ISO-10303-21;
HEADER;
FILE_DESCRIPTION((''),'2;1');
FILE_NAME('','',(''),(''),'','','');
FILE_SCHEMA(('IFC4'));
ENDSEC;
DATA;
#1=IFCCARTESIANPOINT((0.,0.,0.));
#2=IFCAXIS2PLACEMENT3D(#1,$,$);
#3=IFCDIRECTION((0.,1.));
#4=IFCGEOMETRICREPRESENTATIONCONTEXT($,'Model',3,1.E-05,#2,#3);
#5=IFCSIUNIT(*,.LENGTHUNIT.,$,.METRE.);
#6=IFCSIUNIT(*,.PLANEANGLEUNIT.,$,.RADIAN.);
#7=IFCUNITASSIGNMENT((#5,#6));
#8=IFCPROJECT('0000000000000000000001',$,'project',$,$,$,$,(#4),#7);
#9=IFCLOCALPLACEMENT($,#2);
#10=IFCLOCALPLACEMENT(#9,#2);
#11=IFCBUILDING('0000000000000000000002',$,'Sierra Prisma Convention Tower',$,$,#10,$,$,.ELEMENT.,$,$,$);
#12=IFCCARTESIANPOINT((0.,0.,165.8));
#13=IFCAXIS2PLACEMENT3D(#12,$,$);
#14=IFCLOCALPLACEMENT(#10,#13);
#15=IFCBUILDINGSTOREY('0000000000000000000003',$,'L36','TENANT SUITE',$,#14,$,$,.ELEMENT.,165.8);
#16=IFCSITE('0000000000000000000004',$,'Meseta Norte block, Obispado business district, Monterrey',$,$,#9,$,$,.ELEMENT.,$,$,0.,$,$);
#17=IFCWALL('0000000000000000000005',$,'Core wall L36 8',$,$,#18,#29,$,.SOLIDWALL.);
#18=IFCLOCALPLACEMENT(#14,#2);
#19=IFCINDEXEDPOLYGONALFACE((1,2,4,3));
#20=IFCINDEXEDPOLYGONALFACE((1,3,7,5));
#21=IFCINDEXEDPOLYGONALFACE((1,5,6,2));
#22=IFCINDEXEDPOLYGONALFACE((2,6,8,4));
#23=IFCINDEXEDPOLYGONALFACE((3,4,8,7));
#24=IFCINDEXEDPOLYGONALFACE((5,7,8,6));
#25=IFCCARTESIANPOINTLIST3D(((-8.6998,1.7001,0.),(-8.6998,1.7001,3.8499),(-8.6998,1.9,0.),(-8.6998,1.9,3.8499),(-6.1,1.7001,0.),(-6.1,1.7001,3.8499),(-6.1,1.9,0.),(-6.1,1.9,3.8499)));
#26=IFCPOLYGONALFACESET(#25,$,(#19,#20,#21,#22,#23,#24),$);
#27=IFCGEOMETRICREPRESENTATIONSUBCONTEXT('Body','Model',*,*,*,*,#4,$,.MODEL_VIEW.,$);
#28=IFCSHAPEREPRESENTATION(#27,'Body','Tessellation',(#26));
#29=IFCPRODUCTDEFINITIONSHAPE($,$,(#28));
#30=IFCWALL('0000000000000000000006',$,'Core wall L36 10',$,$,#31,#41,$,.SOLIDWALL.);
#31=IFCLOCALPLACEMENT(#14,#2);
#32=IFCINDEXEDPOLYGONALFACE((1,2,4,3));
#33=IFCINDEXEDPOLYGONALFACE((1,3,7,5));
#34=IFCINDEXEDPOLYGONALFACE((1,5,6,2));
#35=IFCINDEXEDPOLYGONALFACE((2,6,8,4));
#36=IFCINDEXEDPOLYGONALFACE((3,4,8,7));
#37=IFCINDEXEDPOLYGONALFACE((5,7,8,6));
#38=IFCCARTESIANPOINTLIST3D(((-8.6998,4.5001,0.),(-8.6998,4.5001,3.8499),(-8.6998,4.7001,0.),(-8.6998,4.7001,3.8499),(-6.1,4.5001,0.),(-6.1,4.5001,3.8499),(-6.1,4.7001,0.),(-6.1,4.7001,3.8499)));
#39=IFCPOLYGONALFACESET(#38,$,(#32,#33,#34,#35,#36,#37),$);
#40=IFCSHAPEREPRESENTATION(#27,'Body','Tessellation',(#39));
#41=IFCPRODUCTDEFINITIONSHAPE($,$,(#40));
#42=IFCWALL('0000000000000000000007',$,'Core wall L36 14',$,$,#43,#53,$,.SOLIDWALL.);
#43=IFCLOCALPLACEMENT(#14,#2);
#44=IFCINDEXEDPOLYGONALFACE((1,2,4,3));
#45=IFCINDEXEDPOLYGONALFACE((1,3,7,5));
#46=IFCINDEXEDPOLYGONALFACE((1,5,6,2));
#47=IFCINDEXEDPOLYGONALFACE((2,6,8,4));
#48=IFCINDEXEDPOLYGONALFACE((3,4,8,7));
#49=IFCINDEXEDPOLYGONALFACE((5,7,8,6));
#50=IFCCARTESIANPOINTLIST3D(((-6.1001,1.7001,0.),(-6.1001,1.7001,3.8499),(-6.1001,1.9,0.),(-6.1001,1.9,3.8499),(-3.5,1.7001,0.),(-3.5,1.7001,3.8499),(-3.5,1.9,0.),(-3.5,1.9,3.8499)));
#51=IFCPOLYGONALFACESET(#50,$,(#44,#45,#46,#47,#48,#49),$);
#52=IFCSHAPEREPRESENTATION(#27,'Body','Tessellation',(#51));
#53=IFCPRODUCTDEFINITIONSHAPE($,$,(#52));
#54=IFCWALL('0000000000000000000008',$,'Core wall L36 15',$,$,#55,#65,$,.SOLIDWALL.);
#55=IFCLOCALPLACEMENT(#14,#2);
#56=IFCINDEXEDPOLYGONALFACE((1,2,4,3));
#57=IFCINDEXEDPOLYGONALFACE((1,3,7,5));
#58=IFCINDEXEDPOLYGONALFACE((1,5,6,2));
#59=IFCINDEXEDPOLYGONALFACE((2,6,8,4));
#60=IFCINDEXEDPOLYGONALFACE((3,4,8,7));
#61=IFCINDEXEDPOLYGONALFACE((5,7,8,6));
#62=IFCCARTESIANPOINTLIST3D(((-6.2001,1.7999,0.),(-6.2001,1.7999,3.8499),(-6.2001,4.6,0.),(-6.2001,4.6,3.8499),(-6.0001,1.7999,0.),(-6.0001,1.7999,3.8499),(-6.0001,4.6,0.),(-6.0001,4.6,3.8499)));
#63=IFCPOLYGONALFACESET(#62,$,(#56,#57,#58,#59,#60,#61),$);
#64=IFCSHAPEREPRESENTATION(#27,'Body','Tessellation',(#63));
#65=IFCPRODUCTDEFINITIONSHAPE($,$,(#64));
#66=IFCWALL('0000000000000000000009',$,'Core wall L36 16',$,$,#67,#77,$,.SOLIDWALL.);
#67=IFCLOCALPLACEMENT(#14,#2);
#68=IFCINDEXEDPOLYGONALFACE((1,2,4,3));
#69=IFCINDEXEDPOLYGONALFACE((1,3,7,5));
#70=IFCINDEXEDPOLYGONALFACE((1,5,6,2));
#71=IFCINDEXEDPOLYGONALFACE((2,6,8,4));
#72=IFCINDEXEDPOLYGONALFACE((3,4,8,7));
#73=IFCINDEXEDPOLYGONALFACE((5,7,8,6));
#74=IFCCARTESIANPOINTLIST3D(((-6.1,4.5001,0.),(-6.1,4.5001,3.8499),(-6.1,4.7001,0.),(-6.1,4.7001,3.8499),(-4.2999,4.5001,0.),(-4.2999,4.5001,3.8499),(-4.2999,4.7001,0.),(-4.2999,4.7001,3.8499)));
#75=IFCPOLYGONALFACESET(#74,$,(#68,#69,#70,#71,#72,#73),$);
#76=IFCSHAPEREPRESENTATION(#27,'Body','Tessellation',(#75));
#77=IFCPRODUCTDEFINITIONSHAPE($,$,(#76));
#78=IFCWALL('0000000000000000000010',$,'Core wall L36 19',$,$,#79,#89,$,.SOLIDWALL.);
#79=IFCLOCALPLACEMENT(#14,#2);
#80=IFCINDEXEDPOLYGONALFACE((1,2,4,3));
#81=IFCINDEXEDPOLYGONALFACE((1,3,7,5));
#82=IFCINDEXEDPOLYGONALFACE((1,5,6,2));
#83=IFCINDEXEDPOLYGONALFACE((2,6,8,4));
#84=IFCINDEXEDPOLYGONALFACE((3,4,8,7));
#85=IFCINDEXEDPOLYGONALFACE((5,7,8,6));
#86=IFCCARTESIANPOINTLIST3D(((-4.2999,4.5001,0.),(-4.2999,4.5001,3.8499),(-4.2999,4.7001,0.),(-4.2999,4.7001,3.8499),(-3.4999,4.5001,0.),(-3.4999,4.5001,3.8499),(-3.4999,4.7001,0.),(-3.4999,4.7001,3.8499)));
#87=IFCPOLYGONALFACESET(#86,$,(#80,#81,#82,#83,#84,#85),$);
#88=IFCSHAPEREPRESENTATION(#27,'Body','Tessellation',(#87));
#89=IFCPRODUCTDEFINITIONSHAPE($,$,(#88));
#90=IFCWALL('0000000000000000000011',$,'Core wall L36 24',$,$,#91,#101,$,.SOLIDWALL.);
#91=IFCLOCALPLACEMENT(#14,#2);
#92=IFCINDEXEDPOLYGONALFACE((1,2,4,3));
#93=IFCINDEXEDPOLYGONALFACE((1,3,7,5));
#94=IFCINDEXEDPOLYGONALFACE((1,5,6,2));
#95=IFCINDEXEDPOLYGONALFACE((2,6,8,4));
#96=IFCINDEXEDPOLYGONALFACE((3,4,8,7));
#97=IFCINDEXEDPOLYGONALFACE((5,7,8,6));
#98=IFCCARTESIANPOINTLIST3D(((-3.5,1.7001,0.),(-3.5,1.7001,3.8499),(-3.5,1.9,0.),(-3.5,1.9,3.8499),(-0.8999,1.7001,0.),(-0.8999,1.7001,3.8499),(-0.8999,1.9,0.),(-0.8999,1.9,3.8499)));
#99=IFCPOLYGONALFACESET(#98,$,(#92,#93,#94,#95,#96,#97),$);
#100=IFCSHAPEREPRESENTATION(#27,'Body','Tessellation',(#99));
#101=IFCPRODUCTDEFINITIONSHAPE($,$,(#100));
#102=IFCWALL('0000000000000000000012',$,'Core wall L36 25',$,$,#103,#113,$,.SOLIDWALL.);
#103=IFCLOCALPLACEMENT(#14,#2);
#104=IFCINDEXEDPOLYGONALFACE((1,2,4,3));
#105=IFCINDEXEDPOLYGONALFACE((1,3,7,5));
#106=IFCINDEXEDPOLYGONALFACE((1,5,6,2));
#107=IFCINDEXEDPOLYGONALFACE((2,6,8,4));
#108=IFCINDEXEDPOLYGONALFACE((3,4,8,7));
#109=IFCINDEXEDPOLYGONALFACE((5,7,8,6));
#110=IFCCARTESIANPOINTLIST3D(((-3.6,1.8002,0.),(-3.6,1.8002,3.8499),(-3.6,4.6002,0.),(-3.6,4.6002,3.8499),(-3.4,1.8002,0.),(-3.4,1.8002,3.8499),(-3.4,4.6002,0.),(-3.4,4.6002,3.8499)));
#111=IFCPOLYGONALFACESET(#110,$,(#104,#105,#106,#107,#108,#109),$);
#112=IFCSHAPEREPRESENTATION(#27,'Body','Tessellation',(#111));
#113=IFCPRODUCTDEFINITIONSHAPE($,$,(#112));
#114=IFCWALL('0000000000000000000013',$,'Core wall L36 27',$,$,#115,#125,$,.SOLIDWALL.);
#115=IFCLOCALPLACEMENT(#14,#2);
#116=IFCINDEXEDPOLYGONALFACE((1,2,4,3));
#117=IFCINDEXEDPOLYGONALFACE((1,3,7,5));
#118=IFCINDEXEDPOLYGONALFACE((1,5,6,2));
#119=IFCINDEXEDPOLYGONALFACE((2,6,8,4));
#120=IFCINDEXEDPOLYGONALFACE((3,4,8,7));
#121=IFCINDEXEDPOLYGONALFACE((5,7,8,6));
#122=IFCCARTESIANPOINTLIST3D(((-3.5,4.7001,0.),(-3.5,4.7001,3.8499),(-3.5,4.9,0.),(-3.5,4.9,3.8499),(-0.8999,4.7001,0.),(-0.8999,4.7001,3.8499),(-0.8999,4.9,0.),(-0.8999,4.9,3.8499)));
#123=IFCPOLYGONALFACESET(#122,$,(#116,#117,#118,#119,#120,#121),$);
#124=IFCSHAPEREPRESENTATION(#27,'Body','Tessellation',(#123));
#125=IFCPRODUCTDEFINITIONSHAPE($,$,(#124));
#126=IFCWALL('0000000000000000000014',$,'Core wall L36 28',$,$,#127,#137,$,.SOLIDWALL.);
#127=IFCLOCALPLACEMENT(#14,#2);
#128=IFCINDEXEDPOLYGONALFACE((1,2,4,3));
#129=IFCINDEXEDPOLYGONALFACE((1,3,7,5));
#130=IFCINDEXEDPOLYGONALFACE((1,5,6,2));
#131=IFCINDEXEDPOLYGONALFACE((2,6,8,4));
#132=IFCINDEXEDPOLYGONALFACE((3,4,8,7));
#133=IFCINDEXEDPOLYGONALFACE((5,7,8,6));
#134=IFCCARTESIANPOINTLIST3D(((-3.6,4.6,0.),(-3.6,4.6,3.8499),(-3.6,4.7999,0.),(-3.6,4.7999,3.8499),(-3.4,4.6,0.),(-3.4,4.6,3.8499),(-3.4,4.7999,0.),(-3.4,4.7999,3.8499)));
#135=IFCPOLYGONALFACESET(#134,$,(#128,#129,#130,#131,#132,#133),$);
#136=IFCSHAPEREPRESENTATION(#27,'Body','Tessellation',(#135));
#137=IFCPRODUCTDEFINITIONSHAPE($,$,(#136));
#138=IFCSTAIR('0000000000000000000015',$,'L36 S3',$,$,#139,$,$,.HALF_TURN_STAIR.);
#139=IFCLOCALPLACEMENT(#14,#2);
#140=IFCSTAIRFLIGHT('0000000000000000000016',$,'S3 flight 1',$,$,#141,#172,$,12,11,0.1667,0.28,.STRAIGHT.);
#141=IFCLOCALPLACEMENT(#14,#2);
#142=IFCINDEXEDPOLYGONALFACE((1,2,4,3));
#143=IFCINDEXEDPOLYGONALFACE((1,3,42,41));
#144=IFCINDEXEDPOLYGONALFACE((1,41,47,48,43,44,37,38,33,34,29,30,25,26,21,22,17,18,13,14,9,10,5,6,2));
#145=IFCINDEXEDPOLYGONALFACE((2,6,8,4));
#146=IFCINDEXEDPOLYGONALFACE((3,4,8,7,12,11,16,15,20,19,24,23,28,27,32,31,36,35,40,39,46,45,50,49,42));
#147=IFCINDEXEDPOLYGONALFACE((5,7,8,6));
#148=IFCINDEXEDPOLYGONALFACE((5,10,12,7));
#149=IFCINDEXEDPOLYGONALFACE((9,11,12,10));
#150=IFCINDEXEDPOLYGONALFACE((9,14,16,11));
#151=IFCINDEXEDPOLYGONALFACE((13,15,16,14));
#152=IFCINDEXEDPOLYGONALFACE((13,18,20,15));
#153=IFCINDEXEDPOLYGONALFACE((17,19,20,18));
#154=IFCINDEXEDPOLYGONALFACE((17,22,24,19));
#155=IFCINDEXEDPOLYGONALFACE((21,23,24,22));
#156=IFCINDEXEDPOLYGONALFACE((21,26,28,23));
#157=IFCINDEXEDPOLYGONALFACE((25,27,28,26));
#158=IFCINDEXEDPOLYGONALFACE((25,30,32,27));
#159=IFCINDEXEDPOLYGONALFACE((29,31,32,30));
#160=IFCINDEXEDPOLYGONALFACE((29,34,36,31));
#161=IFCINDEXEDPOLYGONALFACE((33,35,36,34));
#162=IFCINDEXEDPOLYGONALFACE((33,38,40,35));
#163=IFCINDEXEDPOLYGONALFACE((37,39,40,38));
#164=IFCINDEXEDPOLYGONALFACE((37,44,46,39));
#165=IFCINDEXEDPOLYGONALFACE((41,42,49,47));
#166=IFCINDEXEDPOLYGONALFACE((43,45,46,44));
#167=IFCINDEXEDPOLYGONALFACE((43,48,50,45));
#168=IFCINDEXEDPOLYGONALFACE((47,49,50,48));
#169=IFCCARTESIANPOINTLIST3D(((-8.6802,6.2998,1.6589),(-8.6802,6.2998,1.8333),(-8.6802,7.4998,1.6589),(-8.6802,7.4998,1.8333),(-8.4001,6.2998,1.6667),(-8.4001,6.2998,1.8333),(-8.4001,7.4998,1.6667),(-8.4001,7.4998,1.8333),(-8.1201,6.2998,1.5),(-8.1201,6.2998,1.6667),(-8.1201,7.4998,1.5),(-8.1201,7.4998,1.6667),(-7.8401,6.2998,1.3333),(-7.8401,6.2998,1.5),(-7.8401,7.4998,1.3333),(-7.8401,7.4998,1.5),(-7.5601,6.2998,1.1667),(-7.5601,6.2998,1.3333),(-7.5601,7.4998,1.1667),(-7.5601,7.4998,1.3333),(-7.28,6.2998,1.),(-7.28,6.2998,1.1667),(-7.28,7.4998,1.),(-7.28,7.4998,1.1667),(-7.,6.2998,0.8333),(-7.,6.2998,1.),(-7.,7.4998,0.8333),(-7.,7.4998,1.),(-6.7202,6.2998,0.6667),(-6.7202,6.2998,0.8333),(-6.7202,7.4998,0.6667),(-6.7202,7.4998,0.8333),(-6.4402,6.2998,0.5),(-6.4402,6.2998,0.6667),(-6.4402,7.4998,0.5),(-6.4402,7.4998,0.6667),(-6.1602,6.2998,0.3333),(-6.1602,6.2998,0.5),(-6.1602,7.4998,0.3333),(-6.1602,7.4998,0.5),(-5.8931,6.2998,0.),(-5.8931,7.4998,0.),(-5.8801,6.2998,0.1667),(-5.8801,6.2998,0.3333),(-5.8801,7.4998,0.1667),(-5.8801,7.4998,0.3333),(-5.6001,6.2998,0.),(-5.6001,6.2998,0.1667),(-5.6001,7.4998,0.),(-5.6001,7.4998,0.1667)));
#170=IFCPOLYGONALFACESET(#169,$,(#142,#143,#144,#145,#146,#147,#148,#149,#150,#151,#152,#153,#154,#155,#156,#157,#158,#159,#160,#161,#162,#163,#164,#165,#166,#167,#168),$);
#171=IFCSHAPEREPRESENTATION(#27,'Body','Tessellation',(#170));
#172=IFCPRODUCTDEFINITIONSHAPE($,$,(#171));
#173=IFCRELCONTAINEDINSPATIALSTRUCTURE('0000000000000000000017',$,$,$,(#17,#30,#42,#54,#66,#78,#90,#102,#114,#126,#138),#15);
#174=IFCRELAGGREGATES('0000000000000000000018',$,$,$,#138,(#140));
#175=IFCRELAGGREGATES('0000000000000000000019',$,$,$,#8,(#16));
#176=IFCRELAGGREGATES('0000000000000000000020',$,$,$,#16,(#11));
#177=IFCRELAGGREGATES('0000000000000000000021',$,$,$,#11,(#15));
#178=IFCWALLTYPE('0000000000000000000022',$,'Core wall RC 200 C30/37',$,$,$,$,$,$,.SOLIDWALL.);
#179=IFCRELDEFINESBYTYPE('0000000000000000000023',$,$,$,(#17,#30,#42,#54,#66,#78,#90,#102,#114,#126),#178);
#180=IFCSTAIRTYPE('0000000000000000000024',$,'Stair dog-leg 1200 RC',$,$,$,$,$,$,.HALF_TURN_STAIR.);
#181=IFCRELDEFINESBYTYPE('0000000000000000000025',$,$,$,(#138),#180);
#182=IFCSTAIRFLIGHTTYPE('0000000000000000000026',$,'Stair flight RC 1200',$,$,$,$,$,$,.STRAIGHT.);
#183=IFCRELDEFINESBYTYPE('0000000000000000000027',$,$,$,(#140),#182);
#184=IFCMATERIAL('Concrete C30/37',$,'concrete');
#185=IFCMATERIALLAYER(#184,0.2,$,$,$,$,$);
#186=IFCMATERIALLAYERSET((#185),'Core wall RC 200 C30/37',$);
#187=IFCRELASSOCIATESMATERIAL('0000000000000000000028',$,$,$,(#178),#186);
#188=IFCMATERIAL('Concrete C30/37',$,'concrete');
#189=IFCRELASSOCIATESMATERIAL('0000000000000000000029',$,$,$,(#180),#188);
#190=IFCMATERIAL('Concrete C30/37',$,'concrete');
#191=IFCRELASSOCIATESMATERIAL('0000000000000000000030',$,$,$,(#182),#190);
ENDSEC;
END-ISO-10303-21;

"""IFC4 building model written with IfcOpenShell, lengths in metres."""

from ifc_helpers import new_model, si_unit, direction, frame, frame_2d, origin, place, context, subcontext, project, spatial, polyline, rectangle, outline, extrude, material, layer, layer_set, type_object, element, aggregate, save


model = new_model("IFC4")

# Units and contexts
model_context = context("Model", 3, precision=1e-05, world=origin(), true_north=direction((0.0, 1.0)))
body_context = subcontext(model_context, "Body", "Model", "MODEL_VIEW")
ifc_project = project(units=[si_unit("LENGTHUNIT", "METRE"), si_unit("PLANEANGLEUNIT", "RADIAN")], contexts=[model_context])

# Site, building, storey
site_placement = place(None, origin())
site = spatial("IfcSite", under=ifc_project, at=site_placement, Name="Meseta Norte block, Obispado business district, Monterrey", CompositionType="ELEMENT", RefElevation=0.0)
building_placement = place(site_placement, origin())
building = spatial("IfcBuilding", under=site, at=building_placement, Name="Sierra Prisma Convention Tower", CompositionType="ELEMENT")
storey_placement = place(building_placement, frame((0.0, 0.0, 165.8)))
storey = spatial("IfcBuildingStorey", under=building, at=storey_placement, Name="L36", Description="TENANT SUITE", CompositionType="ELEMENT", Elevation=165.8)

# Walls
ifc_material_1 = material(Name="Concrete C30/37", Category="concrete")
ifc_layer_1 = layer(ifc_material_1, 0.2)
ifc_layer_set_1 = layer_set([ifc_layer_1], Name="Core wall RC 200 C30/37")
wall_type = type_object("IfcWallType", Name="Core wall RC 200 C30/37", PredefinedType="SOLIDWALL", material=ifc_layer_set_1)
for number, where, z_axis, x_axis, name in (
    (1, (-6.1001, 1.8, 0.0), (0.0, 0.0, 1.0), (-1.0, 0.0, 0.0), "Core wall L36 8"),
    (2, (-6.1001, 4.6001, 0.0), (0.0, 0.0, 1.0), (-1.0, 0.0, 0.0), "Core wall L36 10"),
):
    element("IfcWall", number, at=place(storey_placement, frame(where, z_axis=z_axis, x_axis=x_axis)), inside=storey, type_object=wall_type, Name=name, PredefinedType="SOLIDWALL", context=body_context, shape_type="SweptSolid", body=[
        extrude(rectangle(XDim=2.5999, YDim=0.2, at=frame_2d((1.2998, 0.0))), origin(), (0.0, 0.0, 1.0), 3.8499),
    ])
wall_1_placement = place(storey_placement, frame((-3.5, 1.8, 0.0), z_axis=(0.0, 0.0, 1.0), x_axis=(-1.0, 0.0, 0.0)))
element("IfcWall", 3, at=wall_1_placement, inside=storey, type_object=wall_type, Name="Core wall L36 14", PredefinedType="SOLIDWALL", context=body_context, shape_type="SweptSolid", body=[
    extrude(rectangle(XDim=2.6001, YDim=0.2, at=frame_2d((1.3, 0.0))), origin(), (0.0, 0.0, 1.0), 3.8499),
])
wall_2_placement = place(storey_placement, frame((-6.1001, 1.8, 0.0), z_axis=(0.0, 0.0, 1.0), x_axis=(0.0, 1.0, 0.0)))
element("IfcWall", 4, at=wall_2_placement, inside=storey, type_object=wall_type, Name="Core wall L36 15", PredefinedType="SOLIDWALL", context=body_context, shape_type="SweptSolid", body=[
    extrude(rectangle(XDim=2.8, YDim=0.2, at=frame_2d((1.3999, 0.0))), origin(), (0.0, 0.0, 1.0), 3.8499),
])
wall_3_placement = place(storey_placement, frame((-4.3, 4.6001, 0.0), z_axis=(0.0, 0.0, 1.0), x_axis=(-1.0, 0.0, 0.0)))
element("IfcWall", 5, at=wall_3_placement, inside=storey, type_object=wall_type, Name="Core wall L36 16", PredefinedType="SOLIDWALL", context=body_context, shape_type="SweptSolid", body=[
    extrude(rectangle(XDim=1.8, YDim=0.2, at=frame_2d((0.8999, 0.0))), origin(), (0.0, 0.0, 1.0), 3.8499),
])
wall_4_placement = place(storey_placement, frame((-3.5, 4.6001, 0.0), z_axis=(0.0, 0.0, 1.0), x_axis=(-1.0, 0.0, 0.0)))
element("IfcWall", 6, at=wall_4_placement, inside=storey, type_object=wall_type, Name="Core wall L36 19", PredefinedType="SOLIDWALL", context=body_context, shape_type="SweptSolid", body=[
    extrude(rectangle(XDim=0.8, YDim=0.2, at=frame_2d((0.3999, 0.0))), origin(), (0.0, 0.0, 1.0), 3.8499),
])

# Walls
wall_5_placement = place(storey_placement, frame((-0.8999, 1.8, 0.0), z_axis=(0.0, 0.0, 1.0), x_axis=(-1.0, 0.0, 0.0)))
element("IfcWall", 7, at=wall_5_placement, inside=storey, type_object=wall_type, Name="Core wall L36 24", PredefinedType="SOLIDWALL", context=body_context, shape_type="SweptSolid", body=[
    extrude(rectangle(XDim=2.6001, YDim=0.2, at=frame_2d((1.3, 0.0))), origin(), (0.0, 0.0, 1.0), 3.8499),
])
wall_6_placement = place(storey_placement, frame((-3.5, 4.6001, 0.0), z_axis=(0.0, 0.0, 1.0), x_axis=(0.0, -1.0, 0.0)))
element("IfcWall", 8, at=wall_6_placement, inside=storey, type_object=wall_type, Name="Core wall L36 25", PredefinedType="SOLIDWALL", context=body_context, shape_type="SweptSolid", body=[
    extrude(rectangle(XDim=2.8, YDim=0.2, at=frame_2d((1.3999, 0.0))), origin(), (0.0, 0.0, 1.0), 3.8499),
])

# Walls
wall_7_placement = place(storey_placement, frame((-0.8999, 4.8, 0.0), z_axis=(0.0, 0.0, 1.0), x_axis=(-1.0, 0.0, 0.0)))
element("IfcWall", 9, at=wall_7_placement, inside=storey, type_object=wall_type, Name="Core wall L36 27", PredefinedType="SOLIDWALL", context=body_context, shape_type="SweptSolid", body=[
    extrude(rectangle(XDim=2.6001, YDim=0.2, at=frame_2d((1.3, 0.0))), origin(), (0.0, 0.0, 1.0), 3.8499),
])
wall_8_placement = place(storey_placement, frame((-3.5, 4.8, 0.0), z_axis=(0.0, 0.0, 1.0), x_axis=(0.0, -1.0, 0.0)))
element("IfcWall", 10, at=wall_8_placement, inside=storey, type_object=wall_type, Name="Core wall L36 28", PredefinedType="SOLIDWALL", context=body_context, shape_type="SweptSolid", body=[
    extrude(rectangle(XDim=0.2, YDim=0.2, at=frame_2d((0.1001, 0.0))), origin(), (0.0, 0.0, 1.0), 3.8499),
])

# Stair, stair flight
ifc_material_2 = material(Name="Concrete C30/37", Category="concrete")
stair_type = type_object("IfcStairType", Name="Stair dog-leg 1200 RC", PredefinedType="HALF_TURN_STAIR", material=ifc_material_2)
stair_placement = place(storey_placement, origin())
stair = element("IfcStair", 11, at=stair_placement, inside=storey, type_object=stair_type, Name="L36 S3", PredefinedType="HALF_TURN_STAIR")
ifc_material_3 = material(Name="Concrete C30/37", Category="concrete")
stair_flight_type = type_object("IfcStairFlightType", Name="Stair flight RC 1200", PredefinedType="STRAIGHT", material=ifc_material_3)
stair_flight_1_placement = place(storey_placement, frame((-5.6001, 6.8999, 0.0), z_axis=(0.0, 0.0, 1.0), x_axis=(-1.0, 0.0, 0.0)))
stair_flight_1 = element("IfcStairFlight", 12, at=stair_flight_1_placement, type_object=stair_flight_type, Name="S3 flight 1", NumberOfRisers=12, NumberOfTreads=11, PredefinedType="STRAIGHT", RiserHeight=0.1667, TreadLength=0.28, context=body_context, shape_type="SweptSolid", body=[
    extrude(outline(polyline([(0.0, 0.0), (0.0, 0.1667), (0.28, 0.1667), (0.28, 0.3333), (0.5601, 0.3333), (0.5601, 0.5), (0.8401, 0.5), (0.8401, 0.6667), (1.1201, 0.6667), (1.1201, 0.8333), (1.3999, 0.8333), (1.3999, 1.0), (1.6799, 1.0), (1.6799, 1.1667), (1.96, 1.1667), (1.96, 1.3333), (2.24, 1.3333), (2.24, 1.5), (2.52, 1.5), (2.52, 1.6667), (2.8, 1.6667), (2.8, 1.8333), (3.0801, 1.8333), (3.0801, 2.0), (3.0801, 1.6589), (0.293, 0.0), (0.0, 0.0)])), frame((0.0, 0.6001, 0.0), z_axis=(0.0, -1.0, 0.0), x_axis=(1.0, 0.0, 0.0)), (0.0, 0.0, 1.0), 1.2),
])
aggregate(stair, [stair_flight_1])

save(model, "model.ifc")
